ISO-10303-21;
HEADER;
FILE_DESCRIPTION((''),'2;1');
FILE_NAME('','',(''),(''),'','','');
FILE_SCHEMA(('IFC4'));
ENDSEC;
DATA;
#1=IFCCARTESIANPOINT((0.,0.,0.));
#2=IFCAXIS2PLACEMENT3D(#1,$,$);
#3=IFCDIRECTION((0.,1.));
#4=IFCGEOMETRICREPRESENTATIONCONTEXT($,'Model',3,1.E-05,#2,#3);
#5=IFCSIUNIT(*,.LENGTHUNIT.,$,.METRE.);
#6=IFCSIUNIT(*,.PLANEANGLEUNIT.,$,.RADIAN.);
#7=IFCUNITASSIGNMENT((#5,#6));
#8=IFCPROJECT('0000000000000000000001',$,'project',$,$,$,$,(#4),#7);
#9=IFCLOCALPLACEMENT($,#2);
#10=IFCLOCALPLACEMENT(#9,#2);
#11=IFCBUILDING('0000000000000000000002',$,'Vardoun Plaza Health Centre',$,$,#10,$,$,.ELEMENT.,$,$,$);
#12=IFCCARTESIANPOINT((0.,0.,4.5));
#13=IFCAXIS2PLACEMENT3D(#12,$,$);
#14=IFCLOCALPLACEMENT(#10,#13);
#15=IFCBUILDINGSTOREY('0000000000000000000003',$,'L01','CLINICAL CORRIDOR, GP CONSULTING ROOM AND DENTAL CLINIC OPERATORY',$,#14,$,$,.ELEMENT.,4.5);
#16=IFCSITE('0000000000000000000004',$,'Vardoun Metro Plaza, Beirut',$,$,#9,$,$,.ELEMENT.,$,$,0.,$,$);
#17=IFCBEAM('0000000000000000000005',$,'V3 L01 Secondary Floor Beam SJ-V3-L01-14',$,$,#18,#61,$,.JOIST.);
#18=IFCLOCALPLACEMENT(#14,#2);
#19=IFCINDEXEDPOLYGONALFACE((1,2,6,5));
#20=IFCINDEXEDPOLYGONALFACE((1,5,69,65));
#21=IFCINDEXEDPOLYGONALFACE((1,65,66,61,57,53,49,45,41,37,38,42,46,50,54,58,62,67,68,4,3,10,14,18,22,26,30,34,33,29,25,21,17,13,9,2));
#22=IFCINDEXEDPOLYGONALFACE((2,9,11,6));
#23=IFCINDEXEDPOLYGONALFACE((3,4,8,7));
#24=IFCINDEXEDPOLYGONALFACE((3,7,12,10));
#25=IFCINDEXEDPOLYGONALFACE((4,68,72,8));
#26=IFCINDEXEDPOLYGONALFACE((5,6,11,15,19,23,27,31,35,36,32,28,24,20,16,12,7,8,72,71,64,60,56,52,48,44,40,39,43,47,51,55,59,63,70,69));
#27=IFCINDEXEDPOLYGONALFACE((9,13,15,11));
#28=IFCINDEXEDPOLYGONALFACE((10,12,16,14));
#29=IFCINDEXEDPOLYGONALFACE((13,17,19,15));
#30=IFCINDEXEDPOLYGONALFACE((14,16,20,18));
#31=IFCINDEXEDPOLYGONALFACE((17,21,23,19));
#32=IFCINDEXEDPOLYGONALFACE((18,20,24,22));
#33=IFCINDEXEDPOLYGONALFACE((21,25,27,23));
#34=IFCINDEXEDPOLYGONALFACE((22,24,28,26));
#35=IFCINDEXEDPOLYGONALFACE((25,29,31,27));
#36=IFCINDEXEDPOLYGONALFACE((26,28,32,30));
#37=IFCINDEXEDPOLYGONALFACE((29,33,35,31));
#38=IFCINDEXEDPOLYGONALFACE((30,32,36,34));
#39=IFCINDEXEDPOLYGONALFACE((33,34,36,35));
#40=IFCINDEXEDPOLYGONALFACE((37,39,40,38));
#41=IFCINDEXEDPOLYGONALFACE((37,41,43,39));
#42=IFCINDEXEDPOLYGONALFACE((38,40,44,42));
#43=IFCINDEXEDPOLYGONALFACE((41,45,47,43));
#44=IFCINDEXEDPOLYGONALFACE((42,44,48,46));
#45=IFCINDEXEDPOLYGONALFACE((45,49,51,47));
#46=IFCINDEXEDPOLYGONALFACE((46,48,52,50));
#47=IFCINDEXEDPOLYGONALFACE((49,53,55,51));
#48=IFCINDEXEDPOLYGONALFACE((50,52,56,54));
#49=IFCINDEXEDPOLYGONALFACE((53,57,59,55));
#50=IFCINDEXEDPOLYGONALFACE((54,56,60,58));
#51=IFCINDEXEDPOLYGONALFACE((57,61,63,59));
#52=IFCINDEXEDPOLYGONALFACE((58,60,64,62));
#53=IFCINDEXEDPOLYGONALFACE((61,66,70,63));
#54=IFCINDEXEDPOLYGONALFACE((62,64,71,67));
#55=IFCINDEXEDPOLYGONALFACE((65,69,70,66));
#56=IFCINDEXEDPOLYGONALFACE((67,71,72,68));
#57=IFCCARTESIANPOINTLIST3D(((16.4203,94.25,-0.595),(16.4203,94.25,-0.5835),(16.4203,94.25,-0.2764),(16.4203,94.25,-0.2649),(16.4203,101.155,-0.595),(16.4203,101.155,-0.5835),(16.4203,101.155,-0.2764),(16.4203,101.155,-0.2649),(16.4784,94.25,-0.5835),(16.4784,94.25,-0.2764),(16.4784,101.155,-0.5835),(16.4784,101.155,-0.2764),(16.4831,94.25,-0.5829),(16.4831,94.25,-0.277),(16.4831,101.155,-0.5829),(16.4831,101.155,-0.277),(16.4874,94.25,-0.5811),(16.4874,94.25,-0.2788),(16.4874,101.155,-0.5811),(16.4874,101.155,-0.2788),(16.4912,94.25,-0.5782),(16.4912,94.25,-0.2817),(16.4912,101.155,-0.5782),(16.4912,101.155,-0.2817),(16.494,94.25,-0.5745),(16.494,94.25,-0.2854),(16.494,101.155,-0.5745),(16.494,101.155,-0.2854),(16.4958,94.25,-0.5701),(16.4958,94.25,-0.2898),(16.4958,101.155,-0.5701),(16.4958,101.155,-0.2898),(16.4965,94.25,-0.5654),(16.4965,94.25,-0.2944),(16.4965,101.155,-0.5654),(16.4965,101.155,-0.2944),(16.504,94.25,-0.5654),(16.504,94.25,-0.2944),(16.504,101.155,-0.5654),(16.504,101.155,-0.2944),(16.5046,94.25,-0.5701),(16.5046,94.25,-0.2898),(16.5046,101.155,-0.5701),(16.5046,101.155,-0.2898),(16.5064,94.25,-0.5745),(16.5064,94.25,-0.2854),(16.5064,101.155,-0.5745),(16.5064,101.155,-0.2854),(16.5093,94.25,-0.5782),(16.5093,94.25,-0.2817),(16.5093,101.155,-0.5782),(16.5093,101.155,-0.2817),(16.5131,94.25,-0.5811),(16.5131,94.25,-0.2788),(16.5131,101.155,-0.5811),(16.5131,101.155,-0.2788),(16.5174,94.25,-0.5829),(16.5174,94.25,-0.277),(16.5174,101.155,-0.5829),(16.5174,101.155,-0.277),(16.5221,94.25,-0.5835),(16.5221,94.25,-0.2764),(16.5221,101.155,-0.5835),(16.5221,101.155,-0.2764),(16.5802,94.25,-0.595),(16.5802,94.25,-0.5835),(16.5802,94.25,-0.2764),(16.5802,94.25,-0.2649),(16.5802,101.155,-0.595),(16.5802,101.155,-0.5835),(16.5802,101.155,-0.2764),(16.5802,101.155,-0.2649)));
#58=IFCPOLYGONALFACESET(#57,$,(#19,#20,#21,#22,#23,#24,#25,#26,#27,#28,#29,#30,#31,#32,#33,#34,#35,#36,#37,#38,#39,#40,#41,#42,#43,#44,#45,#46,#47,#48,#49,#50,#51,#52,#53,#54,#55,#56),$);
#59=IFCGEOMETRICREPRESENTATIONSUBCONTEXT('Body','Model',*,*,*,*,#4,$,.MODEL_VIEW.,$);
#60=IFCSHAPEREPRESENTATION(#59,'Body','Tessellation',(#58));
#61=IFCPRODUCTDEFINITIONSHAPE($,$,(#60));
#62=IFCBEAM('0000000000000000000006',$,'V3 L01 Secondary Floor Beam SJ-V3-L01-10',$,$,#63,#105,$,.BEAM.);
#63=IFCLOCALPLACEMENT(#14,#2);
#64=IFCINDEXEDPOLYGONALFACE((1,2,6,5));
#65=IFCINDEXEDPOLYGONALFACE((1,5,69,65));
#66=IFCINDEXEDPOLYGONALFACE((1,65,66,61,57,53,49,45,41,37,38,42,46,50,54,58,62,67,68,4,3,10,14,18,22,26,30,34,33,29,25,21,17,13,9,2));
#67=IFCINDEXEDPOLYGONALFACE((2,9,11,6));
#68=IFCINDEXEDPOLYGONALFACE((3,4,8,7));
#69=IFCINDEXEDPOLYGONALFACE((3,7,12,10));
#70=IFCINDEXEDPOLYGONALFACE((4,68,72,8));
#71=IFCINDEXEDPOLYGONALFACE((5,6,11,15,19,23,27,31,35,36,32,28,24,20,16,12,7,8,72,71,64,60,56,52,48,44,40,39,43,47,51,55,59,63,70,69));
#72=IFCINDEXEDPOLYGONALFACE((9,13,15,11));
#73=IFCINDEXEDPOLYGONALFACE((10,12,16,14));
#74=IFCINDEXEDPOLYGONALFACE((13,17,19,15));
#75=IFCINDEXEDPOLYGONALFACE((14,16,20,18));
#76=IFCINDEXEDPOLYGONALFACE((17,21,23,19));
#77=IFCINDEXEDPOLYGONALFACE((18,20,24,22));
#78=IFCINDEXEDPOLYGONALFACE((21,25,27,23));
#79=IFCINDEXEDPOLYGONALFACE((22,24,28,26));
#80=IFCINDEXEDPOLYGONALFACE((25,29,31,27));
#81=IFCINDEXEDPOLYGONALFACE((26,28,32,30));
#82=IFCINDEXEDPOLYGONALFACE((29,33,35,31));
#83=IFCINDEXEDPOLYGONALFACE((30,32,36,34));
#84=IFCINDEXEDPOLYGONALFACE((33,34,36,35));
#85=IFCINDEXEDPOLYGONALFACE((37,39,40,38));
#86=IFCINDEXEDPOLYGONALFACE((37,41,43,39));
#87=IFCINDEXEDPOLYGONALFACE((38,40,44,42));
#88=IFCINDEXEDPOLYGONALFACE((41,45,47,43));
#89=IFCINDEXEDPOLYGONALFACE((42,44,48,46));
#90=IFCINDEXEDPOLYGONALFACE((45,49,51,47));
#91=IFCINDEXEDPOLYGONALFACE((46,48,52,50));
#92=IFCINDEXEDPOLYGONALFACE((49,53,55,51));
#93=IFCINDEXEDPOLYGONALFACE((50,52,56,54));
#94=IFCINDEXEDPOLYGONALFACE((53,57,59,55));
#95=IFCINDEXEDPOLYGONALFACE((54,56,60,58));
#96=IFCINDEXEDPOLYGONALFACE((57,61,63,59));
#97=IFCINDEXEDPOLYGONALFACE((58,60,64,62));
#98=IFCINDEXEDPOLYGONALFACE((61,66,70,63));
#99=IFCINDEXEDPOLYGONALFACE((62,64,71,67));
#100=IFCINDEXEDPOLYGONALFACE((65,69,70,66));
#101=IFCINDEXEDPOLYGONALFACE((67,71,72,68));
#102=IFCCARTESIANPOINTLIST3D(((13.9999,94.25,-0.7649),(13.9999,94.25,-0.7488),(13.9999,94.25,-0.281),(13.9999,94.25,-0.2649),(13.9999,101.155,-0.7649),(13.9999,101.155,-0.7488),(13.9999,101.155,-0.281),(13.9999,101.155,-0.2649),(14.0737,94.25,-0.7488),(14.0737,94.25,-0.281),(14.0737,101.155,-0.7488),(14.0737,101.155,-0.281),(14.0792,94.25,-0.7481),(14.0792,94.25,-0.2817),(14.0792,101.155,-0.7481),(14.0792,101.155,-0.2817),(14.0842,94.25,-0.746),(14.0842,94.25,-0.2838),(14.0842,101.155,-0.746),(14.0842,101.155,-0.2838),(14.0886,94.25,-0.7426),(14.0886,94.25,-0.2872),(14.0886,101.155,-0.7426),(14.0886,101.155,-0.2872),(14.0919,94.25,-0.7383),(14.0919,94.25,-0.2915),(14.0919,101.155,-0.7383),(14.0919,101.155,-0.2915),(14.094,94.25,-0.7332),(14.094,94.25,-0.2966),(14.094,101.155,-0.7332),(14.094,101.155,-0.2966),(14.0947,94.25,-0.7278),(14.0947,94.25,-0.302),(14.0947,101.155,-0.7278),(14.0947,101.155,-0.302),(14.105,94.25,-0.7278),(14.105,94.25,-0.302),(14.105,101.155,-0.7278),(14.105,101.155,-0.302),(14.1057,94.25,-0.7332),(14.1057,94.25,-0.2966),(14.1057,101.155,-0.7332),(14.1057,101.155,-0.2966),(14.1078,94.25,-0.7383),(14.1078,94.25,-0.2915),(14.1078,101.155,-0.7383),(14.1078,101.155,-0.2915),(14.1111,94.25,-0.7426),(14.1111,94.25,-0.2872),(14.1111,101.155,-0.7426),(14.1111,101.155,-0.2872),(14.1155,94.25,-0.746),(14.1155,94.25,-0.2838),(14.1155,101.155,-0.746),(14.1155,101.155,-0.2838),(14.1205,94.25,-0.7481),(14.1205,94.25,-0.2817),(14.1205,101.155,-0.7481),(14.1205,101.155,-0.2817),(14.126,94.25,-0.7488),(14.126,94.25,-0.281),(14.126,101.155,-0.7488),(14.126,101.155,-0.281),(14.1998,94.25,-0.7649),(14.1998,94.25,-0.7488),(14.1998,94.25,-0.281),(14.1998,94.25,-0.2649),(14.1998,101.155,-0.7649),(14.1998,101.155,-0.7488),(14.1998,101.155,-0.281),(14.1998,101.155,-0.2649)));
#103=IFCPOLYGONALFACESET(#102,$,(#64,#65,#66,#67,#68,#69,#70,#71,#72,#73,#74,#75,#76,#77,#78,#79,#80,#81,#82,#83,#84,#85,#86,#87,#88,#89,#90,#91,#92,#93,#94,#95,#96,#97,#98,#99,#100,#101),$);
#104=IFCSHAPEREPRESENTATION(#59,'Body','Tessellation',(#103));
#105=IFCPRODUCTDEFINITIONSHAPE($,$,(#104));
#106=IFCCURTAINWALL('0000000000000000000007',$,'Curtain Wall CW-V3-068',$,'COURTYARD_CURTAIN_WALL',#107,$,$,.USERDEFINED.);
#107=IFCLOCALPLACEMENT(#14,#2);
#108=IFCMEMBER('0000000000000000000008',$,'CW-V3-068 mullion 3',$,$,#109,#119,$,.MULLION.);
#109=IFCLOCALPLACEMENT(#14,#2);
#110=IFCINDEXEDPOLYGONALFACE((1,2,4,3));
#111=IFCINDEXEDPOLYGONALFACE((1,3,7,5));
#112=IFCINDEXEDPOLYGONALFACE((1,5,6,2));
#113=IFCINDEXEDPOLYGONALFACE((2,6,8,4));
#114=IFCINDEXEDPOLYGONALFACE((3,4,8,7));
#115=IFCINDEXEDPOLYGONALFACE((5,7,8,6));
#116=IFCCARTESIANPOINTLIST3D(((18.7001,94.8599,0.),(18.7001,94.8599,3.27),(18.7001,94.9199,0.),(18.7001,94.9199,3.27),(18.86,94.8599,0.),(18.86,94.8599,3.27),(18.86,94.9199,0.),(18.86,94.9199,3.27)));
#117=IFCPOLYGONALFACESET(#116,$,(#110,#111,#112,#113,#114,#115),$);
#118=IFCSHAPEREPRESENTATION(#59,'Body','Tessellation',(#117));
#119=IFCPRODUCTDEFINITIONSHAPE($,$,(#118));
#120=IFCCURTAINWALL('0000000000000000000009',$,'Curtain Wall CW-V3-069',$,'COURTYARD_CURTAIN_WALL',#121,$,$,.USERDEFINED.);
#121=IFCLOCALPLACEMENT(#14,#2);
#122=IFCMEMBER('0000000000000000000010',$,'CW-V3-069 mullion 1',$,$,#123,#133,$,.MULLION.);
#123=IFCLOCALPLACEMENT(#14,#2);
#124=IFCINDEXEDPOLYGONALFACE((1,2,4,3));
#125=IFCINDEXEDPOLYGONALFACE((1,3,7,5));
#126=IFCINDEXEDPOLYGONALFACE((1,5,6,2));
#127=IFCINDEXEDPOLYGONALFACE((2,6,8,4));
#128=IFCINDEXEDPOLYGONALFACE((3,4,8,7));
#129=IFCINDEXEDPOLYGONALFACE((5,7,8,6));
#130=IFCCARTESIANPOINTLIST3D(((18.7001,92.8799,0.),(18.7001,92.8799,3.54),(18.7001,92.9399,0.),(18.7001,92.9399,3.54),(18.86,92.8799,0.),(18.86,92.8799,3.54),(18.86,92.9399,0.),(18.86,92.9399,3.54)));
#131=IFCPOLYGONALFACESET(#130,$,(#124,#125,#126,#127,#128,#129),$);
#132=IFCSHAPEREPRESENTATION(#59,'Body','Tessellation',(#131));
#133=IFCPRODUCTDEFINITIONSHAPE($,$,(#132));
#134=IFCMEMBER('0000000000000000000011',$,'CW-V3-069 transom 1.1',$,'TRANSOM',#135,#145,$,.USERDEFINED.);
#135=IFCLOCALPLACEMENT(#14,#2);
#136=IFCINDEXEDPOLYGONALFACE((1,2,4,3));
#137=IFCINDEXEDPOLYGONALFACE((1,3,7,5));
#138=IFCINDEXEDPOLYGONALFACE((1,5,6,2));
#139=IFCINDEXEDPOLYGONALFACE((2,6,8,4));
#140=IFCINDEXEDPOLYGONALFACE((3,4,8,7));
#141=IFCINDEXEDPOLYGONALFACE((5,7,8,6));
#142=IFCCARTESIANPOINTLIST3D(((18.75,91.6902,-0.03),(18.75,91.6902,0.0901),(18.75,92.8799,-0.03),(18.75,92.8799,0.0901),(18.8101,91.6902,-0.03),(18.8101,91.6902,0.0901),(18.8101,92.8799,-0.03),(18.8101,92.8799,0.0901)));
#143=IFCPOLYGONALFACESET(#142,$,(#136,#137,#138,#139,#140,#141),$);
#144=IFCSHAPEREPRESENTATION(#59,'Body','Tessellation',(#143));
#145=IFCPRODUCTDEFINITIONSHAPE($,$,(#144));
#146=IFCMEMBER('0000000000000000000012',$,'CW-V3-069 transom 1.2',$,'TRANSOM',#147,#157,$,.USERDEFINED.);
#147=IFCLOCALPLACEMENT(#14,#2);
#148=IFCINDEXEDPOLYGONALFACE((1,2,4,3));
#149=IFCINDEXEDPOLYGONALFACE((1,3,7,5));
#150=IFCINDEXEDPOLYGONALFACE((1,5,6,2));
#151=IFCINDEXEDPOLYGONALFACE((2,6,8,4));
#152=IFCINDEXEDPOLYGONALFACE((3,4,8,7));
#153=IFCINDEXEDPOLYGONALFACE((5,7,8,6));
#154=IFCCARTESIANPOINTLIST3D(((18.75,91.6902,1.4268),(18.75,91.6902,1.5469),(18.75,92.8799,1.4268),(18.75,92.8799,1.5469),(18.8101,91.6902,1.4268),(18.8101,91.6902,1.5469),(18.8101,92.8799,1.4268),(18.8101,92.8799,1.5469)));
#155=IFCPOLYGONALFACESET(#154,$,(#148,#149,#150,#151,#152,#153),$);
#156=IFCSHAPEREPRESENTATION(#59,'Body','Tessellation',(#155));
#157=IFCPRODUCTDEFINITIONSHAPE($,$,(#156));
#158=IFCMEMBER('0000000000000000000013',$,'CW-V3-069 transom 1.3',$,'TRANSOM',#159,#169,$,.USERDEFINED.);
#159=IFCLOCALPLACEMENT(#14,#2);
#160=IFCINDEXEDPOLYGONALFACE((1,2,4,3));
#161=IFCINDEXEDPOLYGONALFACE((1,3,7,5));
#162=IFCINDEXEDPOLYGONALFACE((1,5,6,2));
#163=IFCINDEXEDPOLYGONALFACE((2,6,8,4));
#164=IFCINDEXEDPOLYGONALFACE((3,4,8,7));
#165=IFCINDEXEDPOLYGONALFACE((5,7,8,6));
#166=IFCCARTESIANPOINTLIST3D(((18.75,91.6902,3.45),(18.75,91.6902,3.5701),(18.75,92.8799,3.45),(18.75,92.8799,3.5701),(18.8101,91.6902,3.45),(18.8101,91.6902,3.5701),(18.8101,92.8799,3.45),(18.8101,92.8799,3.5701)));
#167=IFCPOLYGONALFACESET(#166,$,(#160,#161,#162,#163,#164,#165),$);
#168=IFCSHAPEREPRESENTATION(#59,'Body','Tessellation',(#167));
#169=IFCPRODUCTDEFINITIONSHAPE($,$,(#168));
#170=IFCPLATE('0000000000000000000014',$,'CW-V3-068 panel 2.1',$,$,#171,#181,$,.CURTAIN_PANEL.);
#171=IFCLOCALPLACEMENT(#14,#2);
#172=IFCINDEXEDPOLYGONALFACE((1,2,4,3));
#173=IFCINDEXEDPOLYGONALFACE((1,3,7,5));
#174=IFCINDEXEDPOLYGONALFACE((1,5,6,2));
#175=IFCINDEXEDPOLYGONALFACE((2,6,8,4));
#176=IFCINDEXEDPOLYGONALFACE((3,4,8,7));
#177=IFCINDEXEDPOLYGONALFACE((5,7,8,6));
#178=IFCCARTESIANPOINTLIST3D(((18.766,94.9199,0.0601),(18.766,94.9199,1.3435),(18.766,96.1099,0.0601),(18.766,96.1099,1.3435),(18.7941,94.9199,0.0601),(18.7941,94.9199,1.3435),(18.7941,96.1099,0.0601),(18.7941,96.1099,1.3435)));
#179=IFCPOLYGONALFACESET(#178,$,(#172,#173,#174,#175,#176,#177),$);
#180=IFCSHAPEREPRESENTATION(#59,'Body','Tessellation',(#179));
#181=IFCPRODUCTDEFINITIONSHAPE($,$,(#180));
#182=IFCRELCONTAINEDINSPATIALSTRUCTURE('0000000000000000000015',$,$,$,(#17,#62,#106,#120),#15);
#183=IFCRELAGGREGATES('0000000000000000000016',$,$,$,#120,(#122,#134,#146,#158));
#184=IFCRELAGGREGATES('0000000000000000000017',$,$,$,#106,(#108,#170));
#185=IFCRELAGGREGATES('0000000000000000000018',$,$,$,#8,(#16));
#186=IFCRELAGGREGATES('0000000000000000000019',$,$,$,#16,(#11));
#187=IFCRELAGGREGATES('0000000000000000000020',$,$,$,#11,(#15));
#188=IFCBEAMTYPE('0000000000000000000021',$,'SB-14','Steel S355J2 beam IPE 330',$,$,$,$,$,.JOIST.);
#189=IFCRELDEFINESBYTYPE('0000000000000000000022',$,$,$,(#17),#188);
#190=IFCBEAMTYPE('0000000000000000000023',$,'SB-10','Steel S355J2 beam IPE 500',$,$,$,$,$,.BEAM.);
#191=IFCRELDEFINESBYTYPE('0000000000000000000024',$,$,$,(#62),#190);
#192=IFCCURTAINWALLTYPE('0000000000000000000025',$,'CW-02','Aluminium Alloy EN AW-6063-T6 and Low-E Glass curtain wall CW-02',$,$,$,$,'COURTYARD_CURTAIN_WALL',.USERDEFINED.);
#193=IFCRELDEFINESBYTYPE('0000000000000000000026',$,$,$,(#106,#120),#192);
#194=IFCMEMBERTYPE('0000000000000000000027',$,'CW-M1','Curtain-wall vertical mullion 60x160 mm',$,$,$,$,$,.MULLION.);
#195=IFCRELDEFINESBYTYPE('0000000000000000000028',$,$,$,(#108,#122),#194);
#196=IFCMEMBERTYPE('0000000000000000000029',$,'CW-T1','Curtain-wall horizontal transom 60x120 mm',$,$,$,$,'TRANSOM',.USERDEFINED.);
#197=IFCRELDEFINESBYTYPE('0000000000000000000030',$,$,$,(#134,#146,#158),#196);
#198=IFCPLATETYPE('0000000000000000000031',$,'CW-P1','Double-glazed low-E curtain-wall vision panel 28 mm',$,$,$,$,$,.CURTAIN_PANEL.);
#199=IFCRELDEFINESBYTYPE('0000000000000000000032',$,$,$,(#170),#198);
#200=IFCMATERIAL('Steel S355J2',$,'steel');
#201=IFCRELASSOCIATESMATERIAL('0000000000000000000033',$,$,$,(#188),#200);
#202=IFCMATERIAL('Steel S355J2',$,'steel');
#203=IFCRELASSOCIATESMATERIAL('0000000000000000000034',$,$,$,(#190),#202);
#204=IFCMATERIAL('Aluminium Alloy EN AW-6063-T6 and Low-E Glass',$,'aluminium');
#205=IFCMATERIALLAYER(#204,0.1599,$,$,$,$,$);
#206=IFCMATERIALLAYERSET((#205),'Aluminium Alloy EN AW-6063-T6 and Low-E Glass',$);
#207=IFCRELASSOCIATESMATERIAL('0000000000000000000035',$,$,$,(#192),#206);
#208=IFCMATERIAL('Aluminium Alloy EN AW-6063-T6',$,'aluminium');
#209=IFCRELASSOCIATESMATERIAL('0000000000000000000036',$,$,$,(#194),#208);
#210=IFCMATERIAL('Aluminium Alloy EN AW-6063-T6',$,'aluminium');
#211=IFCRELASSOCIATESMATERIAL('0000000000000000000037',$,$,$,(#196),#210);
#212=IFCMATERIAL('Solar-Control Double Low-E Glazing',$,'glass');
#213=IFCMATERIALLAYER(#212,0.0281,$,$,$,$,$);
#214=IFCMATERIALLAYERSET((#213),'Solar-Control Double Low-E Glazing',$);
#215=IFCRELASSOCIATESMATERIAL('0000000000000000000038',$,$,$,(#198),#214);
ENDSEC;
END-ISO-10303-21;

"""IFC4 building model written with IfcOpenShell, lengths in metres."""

from ifc_helpers import new_model, si_unit, direction, frame, origin, origin_2d, place, context, subcontext, project, spatial, rectangle, i_section, extrude, material, layer, layer_set, material_profile, profile_set, type_object, element, aggregate, save


model = new_model("IFC4")

# Units and contexts
model_context = context("Model", 3, precision=1e-05, world=origin(), true_north=direction((0.0, 1.0)))
body_context = subcontext(model_context, "Body", "Model", "MODEL_VIEW")
ifc_project = project(units=[si_unit("LENGTHUNIT", "METRE"), si_unit("PLANEANGLEUNIT", "RADIAN")], contexts=[model_context])

# Site, building, storey
site_placement = place(None, origin())
site = spatial("IfcSite", under=ifc_project, at=site_placement, Name="Vardoun Metro Plaza, Beirut", CompositionType="ELEMENT", RefElevation=0.0)
building_placement = place(site_placement, origin())
building = spatial("IfcBuilding", under=site, at=building_placement, Name="Vardoun Plaza Health Centre", CompositionType="ELEMENT")
storey_placement = place(building_placement, frame((0.0, 0.0, 4.5)))
storey = spatial("IfcBuildingStorey", under=building, at=storey_placement, Name="L01", Description="CLINICAL CORRIDOR, GP CONSULTING ROOM AND DENTAL CLINIC OPERATORY", CompositionType="ELEMENT", Elevation=4.5)

# Beams
ifc_material_1 = material(Name="Steel S355J2", Category="steel")
ifc_material_profile_1 = material_profile(ifc_material_1, i_section(OverallWidth=0.1599, OverallDepth=0.3301, WebThickness=0.0076, FlangeThickness=0.0115, FilletRadius=0.0181, at=origin_2d()), Name="IPE 330")
ifc_profile_set_1 = profile_set([ifc_material_profile_1], Name="Steel S355J2")
beam_type_1 = type_object("IfcBeamType", Name="SB-14", Description="Steel S355J2 beam IPE 330", PredefinedType="JOIST", material=ifc_profile_set_1)
beam_1_placement = place(storey_placement, frame((16.5002, 94.25, -0.4299), z_axis=(0.0, 1.0, 0.0), x_axis=(-1.0, 0.0, 0.0)))
element("IfcBeam", 1, at=beam_1_placement, inside=storey, type_object=beam_type_1, Name="V3 L01 Secondary Floor Beam SJ-V3-L01-14", PredefinedType="JOIST", context=body_context, shape_type="SweptSolid", body=[
    extrude(i_section(OverallWidth=0.1599, OverallDepth=0.3301, WebThickness=0.0076, FlangeThickness=0.0115, FilletRadius=0.0181, at=origin_2d()), origin(), (0.0, 0.0, 1.0), 6.905),
])
ifc_material_2 = material(Name="Steel S355J2", Category="steel")
ifc_material_profile_2 = material_profile(ifc_material_2, i_section(OverallWidth=0.2, OverallDepth=0.5, WebThickness=0.0103, FlangeThickness=0.0161, FilletRadius=0.021, at=origin_2d()), Name="IPE 500")
ifc_profile_set_2 = profile_set([ifc_material_profile_2], Name="Steel S355J2")
beam_type_2 = type_object("IfcBeamType", Name="SB-10", Description="Steel S355J2 beam IPE 500", PredefinedType="BEAM", material=ifc_profile_set_2)
beam_2_placement = place(storey_placement, frame((14.0999, 94.25, -0.5149), z_axis=(0.0, 1.0, 0.0), x_axis=(-1.0, 0.0, 0.0)))
element("IfcBeam", 2, at=beam_2_placement, inside=storey, type_object=beam_type_2, Name="V3 L01 Secondary Floor Beam SJ-V3-L01-10", PredefinedType="BEAM", context=body_context, shape_type="SweptSolid", body=[
    extrude(i_section(OverallWidth=0.2, OverallDepth=0.5, WebThickness=0.0103, FlangeThickness=0.0161, FilletRadius=0.021, at=origin_2d()), origin(), (0.0, 0.0, 1.0), 6.905),
])

# Curtain wall, member
ifc_material_3 = material(Name="Aluminium Alloy EN AW-6063-T6 and Low-E Glass", Category="aluminium")
ifc_layer_1 = layer(ifc_material_3, 0.1599)
ifc_layer_set_1 = layer_set([ifc_layer_1], Name="Aluminium Alloy EN AW-6063-T6 and Low-E Glass")
curtain_wall_type = type_object("IfcCurtainWallType", Name="CW-02", Description="Aluminium Alloy EN AW-6063-T6 and Low-E Glass curtain wall CW-02", ElementType="COURTYARD_CURTAIN_WALL", PredefinedType="USERDEFINED", material=ifc_layer_set_1)
curtain_wall_1_placement = place(storey_placement, origin())
curtain_wall_1 = element("IfcCurtainWall", 3, at=curtain_wall_1_placement, inside=storey, type_object=curtain_wall_type, Name="Curtain Wall CW-V3-068", ObjectType="COURTYARD_CURTAIN_WALL", PredefinedType="USERDEFINED")
ifc_material_4 = material(Name="Aluminium Alloy EN AW-6063-T6", Category="aluminium")
ifc_material_profile_3 = material_profile(ifc_material_4, rectangle(XDim=0.1599, YDim=0.0601, at=origin_2d()), Name="CWM 60x160")
ifc_profile_set_3 = profile_set([ifc_material_profile_3], Name="Aluminium Alloy EN AW-6063-T6")
member_type_1 = type_object("IfcMemberType", Name="CW-M1", Description="Curtain-wall vertical mullion 60x160 mm", PredefinedType="MULLION", material=ifc_profile_set_3)
member_1_placement = place(storey_placement, frame((18.78, 94.8899, 0.0), z_axis=(0.0, 0.0, 1.0), x_axis=(1.0, 0.0, 0.0)))
member_1 = element("IfcMember", 4, at=member_1_placement, type_object=member_type_1, Name="CW-V3-068 mullion 3", PredefinedType="MULLION", context=body_context, shape_type="SweptSolid", body=[
    extrude(rectangle(XDim=0.1599, YDim=0.0601, at=origin_2d()), origin(), (0.0, 0.0, 1.0), 3.27),
])

# Curtain wall, members
curtain_wall_2_placement = place(storey_placement, origin())
curtain_wall_2 = element("IfcCurtainWall", 5, at=curtain_wall_2_placement, inside=storey, type_object=curtain_wall_type, Name="Curtain Wall CW-V3-069", ObjectType="COURTYARD_CURTAIN_WALL", PredefinedType="USERDEFINED")
member_2_placement = place(storey_placement, frame((18.78, 92.9099, 0.0), z_axis=(0.0, 0.0, 1.0), x_axis=(1.0, 0.0, 0.0)))
member_2 = element("IfcMember", 6, at=member_2_placement, type_object=member_type_1, Name="CW-V3-069 mullion 1", PredefinedType="MULLION", context=body_context, shape_type="SweptSolid", body=[
    extrude(rectangle(XDim=0.1599, YDim=0.0601, at=origin_2d()), origin(), (0.0, 0.0, 1.0), 3.54),
])
ifc_material_5 = material(Name="Aluminium Alloy EN AW-6063-T6", Category="aluminium")
ifc_material_profile_4 = material_profile(ifc_material_5, rectangle(XDim=0.0601, YDim=0.1201, at=origin_2d()), Name="CWT 60x120")
ifc_profile_set_4 = profile_set([ifc_material_profile_4], Name="Aluminium Alloy EN AW-6063-T6")
member_type_2 = type_object("IfcMemberType", Name="CW-T1", Description="Curtain-wall horizontal transom 60x120 mm", ElementType="TRANSOM", PredefinedType="USERDEFINED", material=ifc_profile_set_4)
member_3_placement = place(storey_placement, frame((18.78, 92.8799, 0.03), z_axis=(0.0, -1.0, 0.0), x_axis=(1.0, 0.0, 0.0)))
member_3 = element("IfcMember", 7, at=member_3_placement, type_object=member_type_2, Name="CW-V3-069 transom 1.1", ObjectType="TRANSOM", PredefinedType="USERDEFINED", context=body_context, shape_type="SweptSolid", body=[
    extrude(rectangle(XDim=0.0601, YDim=0.1201, at=origin_2d()), origin(), (0.0, 0.0, 1.0), 1.1897),
])
member_4_placement = place(storey_placement, frame((18.78, 92.8799, 1.4868), z_axis=(0.0, -1.0, 0.0), x_axis=(1.0, 0.0, 0.0)))
member_4 = element("IfcMember", 8, at=member_4_placement, type_object=member_type_2, Name="CW-V3-069 transom 1.2", ObjectType="TRANSOM", PredefinedType="USERDEFINED", context=body_context, shape_type="SweptSolid", body=[
    extrude(rectangle(XDim=0.0601, YDim=0.1201, at=origin_2d()), origin(), (0.0, 0.0, 1.0), 1.1897),
])
member_5_placement = place(storey_placement, frame((18.78, 92.8799, 3.51), z_axis=(0.0, -1.0, 0.0), x_axis=(1.0, 0.0, 0.0)))
member_5 = element("IfcMember", 9, at=member_5_placement, type_object=member_type_2, Name="CW-V3-069 transom 1.3", ObjectType="TRANSOM", PredefinedType="USERDEFINED", context=body_context, shape_type="SweptSolid", body=[
    extrude(rectangle(XDim=0.0601, YDim=0.1201, at=origin_2d()), origin(), (0.0, 0.0, 1.0), 1.1897),
])
aggregate(curtain_wall_2, [member_2, member_3, member_4, member_5])

# Plate
ifc_material_6 = material(Name="Solar-Control Double Low-E Glazing", Category="glass")
ifc_layer_2 = layer(ifc_material_6, 0.0281)
ifc_layer_set_2 = layer_set([ifc_layer_2], Name="Solar-Control Double Low-E Glazing")
plate_type = type_object("IfcPlateType", Name="CW-P1", Description="Double-glazed low-E curtain-wall vision panel 28 mm", PredefinedType="CURTAIN_PANEL", material=ifc_layer_set_2)
plate_1_placement = place(storey_placement, frame((18.78, 95.5149, 0.0601), z_axis=(0.0, 0.0, 1.0), x_axis=(0.0, -1.0, 0.0)))
plate_1 = element("IfcPlate", 10, at=plate_1_placement, type_object=plate_type, Name="CW-V3-068 panel 2.1", PredefinedType="CURTAIN_PANEL", context=body_context, shape_type="SweptSolid", body=[
    extrude(rectangle(XDim=1.1899, YDim=0.0281, at=origin_2d()), origin(), (0.0, 0.0, 1.0), 1.2834),
])
aggregate(curtain_wall_1, [member_1, plate_1])

save(model, "model.ifc")
